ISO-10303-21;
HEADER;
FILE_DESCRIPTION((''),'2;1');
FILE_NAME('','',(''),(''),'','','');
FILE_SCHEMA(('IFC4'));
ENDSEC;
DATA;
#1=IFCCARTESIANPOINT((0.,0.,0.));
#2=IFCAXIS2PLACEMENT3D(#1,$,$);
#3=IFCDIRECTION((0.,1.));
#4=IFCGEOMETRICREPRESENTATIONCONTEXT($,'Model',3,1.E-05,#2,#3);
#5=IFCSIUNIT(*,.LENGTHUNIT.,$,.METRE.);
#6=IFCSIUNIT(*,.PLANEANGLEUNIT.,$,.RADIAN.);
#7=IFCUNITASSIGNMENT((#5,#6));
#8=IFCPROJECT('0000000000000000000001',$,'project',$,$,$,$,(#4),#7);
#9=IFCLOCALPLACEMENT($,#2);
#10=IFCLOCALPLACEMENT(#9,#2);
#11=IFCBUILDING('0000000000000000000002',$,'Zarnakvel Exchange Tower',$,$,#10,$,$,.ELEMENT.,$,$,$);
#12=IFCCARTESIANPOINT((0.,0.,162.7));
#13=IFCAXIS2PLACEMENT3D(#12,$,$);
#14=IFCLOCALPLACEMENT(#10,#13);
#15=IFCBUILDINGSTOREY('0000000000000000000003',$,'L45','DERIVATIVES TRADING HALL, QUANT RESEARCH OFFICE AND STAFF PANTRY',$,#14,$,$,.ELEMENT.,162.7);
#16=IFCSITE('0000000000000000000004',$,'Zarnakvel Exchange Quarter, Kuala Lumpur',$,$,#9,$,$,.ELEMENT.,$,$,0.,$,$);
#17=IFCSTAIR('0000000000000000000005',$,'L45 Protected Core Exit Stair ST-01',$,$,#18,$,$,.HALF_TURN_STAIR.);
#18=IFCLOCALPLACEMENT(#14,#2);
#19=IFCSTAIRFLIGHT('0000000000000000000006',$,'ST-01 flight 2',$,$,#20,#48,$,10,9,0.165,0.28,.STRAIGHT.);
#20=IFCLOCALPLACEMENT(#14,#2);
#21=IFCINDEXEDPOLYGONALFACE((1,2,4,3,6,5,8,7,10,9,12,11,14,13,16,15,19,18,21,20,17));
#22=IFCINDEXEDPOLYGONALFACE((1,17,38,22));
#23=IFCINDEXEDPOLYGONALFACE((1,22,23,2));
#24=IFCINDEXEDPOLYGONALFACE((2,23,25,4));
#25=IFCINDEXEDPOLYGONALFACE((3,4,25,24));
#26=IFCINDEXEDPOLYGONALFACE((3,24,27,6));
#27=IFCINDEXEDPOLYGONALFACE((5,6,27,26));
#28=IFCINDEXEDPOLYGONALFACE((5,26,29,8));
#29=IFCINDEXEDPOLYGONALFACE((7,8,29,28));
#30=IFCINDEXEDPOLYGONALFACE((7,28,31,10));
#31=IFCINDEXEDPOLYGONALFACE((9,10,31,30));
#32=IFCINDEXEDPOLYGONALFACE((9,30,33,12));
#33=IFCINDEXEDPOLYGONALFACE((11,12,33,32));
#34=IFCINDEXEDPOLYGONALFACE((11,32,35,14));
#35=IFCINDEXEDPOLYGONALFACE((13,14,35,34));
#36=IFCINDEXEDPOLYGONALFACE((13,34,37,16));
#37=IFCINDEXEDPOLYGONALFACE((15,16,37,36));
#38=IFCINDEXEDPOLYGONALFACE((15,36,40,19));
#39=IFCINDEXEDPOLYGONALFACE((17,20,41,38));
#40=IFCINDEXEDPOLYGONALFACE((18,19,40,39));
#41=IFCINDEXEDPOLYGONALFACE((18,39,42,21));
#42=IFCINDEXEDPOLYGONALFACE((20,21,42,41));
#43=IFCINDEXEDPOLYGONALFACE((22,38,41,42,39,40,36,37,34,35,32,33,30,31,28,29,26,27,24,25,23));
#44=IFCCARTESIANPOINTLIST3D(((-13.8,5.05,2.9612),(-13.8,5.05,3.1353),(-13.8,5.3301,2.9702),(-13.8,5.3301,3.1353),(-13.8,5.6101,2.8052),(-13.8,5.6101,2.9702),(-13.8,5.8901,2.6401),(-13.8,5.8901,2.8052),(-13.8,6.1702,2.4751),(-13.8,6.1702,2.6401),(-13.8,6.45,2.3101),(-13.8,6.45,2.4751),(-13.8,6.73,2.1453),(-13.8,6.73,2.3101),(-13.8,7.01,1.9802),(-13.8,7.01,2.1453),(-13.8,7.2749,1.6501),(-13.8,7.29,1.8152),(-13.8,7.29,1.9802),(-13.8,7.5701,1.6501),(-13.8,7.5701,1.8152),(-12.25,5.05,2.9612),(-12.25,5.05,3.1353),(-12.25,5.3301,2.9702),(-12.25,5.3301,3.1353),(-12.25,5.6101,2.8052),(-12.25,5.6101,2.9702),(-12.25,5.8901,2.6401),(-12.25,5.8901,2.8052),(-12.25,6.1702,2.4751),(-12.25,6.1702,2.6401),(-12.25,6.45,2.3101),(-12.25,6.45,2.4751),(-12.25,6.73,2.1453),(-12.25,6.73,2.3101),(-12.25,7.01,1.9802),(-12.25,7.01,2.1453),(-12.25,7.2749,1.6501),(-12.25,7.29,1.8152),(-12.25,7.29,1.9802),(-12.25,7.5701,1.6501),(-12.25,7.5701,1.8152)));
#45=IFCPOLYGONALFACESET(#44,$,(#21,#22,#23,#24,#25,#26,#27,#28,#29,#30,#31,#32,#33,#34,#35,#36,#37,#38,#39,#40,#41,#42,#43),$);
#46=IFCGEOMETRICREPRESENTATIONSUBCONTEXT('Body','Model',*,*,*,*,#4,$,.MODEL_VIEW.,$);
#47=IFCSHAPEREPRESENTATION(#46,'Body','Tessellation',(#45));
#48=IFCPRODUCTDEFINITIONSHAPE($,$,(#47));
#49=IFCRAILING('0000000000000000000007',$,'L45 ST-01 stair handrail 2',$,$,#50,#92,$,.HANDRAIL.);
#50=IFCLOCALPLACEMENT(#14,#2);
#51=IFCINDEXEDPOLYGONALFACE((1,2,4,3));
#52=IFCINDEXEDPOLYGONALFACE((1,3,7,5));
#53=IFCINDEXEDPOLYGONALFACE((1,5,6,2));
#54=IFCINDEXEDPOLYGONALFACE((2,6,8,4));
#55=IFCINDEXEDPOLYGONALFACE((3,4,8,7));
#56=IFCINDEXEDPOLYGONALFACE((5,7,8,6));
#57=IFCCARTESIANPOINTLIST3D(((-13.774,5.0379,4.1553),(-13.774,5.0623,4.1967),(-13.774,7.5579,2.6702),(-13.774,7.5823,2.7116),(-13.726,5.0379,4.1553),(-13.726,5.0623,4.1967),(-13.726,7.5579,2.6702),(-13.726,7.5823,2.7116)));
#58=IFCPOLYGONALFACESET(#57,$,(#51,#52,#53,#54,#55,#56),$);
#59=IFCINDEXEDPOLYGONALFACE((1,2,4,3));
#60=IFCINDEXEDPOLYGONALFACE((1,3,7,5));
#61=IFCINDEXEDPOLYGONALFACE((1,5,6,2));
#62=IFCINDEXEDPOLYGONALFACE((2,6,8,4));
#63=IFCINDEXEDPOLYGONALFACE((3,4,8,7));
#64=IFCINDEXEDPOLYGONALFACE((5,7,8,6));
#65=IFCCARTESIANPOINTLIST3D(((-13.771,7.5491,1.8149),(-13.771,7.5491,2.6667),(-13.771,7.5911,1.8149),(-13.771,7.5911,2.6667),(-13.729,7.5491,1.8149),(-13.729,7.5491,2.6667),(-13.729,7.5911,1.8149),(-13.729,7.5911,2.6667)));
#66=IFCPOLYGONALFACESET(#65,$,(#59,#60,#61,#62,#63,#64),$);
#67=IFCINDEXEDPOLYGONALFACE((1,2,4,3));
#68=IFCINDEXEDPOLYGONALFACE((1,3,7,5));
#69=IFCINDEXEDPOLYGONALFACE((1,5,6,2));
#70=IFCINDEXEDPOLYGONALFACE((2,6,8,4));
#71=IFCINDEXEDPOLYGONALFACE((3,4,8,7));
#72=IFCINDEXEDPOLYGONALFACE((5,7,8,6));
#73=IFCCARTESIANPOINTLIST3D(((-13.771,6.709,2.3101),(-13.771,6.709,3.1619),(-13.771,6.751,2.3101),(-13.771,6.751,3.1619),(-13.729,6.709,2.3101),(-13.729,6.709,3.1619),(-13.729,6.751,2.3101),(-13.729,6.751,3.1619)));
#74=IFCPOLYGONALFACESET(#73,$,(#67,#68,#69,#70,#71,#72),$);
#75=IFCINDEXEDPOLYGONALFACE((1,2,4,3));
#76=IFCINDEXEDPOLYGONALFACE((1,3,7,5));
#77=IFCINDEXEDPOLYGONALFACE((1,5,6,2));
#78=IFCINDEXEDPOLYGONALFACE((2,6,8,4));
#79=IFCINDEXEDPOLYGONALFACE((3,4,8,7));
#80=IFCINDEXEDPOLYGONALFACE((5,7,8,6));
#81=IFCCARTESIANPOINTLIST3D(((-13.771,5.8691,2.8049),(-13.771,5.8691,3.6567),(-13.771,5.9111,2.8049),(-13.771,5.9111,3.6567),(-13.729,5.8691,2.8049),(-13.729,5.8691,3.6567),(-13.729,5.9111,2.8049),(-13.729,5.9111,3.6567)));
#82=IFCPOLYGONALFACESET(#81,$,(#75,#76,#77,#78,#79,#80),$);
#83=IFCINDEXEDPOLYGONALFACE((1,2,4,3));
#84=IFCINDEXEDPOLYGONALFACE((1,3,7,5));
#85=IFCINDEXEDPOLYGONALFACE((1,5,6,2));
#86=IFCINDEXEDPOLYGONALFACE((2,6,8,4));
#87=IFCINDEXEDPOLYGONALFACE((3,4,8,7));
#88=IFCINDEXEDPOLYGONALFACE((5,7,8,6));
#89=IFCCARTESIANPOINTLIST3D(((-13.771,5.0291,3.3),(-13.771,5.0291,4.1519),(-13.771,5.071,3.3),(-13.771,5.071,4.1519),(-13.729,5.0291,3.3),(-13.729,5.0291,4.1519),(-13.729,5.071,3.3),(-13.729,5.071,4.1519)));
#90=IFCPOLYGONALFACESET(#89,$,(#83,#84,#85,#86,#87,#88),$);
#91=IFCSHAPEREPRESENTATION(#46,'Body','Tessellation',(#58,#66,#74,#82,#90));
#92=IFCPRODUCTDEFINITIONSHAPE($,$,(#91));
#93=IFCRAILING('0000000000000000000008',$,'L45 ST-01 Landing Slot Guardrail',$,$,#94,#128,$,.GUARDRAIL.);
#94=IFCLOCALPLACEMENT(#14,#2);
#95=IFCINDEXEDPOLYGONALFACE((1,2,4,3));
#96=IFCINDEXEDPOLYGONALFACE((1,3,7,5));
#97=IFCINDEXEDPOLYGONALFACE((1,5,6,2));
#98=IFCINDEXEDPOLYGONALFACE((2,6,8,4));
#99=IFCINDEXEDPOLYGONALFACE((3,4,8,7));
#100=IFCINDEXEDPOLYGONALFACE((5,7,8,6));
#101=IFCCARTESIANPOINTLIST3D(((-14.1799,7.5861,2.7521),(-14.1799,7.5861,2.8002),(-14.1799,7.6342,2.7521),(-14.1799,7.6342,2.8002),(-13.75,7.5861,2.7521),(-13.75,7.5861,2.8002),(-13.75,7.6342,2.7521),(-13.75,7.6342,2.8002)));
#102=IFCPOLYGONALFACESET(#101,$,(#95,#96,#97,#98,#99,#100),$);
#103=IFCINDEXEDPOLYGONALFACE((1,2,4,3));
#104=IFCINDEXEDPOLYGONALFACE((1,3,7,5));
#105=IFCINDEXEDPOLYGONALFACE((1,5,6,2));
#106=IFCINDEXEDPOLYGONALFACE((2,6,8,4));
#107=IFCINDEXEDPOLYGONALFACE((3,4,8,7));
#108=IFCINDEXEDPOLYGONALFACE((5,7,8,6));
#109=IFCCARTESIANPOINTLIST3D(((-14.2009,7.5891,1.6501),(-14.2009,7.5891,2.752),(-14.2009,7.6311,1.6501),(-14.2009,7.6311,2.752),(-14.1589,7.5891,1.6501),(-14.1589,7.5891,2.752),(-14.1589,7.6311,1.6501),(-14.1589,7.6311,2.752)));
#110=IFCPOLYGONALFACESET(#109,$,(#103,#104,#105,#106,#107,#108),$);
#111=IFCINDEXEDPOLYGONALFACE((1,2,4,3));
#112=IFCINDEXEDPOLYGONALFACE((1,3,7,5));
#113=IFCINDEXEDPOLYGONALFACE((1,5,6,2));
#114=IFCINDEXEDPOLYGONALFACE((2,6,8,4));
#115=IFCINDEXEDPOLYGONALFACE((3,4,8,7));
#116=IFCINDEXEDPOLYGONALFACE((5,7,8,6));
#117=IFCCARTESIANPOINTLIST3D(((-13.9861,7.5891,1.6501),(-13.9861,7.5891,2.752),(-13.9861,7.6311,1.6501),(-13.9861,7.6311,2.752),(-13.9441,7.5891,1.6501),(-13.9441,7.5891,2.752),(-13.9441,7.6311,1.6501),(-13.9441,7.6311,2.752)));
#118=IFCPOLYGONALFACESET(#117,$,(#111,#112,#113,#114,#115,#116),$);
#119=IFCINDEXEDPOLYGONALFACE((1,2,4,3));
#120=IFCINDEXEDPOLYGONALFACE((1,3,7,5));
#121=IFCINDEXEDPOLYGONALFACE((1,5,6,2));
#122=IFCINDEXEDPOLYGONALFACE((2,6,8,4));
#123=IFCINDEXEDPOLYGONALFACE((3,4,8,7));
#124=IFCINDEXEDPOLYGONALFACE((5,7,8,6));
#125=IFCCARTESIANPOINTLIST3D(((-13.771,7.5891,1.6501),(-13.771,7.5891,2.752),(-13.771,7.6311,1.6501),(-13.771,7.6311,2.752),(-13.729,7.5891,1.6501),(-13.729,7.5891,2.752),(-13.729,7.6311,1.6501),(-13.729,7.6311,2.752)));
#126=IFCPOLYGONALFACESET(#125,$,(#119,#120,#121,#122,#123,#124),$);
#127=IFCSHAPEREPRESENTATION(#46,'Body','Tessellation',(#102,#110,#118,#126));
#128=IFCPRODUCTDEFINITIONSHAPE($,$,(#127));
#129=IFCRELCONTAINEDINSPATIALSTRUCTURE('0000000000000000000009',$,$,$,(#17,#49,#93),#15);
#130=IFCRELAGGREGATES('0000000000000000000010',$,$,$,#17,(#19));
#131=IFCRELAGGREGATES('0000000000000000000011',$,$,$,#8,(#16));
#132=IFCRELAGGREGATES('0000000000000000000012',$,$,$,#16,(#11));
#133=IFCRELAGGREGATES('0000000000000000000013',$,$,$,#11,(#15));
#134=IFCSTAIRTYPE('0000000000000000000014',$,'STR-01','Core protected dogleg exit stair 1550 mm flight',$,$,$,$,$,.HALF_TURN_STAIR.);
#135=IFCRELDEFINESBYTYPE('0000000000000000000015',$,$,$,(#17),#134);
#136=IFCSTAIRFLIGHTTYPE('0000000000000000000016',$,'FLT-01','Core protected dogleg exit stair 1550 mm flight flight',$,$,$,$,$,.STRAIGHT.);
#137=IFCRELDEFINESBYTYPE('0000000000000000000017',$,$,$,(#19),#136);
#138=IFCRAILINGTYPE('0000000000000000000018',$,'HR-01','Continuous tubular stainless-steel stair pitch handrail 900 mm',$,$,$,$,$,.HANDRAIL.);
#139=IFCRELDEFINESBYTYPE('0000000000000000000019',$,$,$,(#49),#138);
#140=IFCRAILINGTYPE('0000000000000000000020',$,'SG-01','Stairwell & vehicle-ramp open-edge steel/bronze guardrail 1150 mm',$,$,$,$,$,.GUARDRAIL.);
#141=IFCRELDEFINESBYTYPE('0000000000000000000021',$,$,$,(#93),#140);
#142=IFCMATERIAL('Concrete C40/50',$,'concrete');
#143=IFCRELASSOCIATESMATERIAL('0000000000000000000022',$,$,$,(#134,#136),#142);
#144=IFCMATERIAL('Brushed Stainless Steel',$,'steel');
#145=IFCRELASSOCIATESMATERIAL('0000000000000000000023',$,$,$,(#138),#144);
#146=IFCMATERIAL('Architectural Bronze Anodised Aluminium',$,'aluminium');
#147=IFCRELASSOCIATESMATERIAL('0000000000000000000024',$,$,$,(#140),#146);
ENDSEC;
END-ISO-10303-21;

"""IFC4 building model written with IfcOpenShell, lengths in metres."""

from ifc_helpers import new_model, si_unit, direction, frame, origin, origin_2d, place, context, subcontext, project, spatial, polyline, rectangle, outline, extrude, material, type_object, element, aggregate, save


model = new_model("IFC4")

# Units and contexts
model_context = context("Model", 3, precision=1e-05, world=origin(), true_north=direction((0.0, 1.0)))
body_context = subcontext(model_context, "Body", "Model", "MODEL_VIEW")
ifc_project = project(units=[si_unit("LENGTHUNIT", "METRE"), si_unit("PLANEANGLEUNIT", "RADIAN")], contexts=[model_context])

# Site, building, storey
site_placement = place(None, origin())
site = spatial("IfcSite", under=ifc_project, at=site_placement, Name="Zarnakvel Exchange Quarter, Kuala Lumpur", CompositionType="ELEMENT", RefElevation=0.0)
building_placement = place(site_placement, origin())
building = spatial("IfcBuilding", under=site, at=building_placement, Name="Zarnakvel Exchange Tower", CompositionType="ELEMENT")
storey_placement = place(building_placement, frame((0.0, 0.0, 162.7)))
storey = spatial("IfcBuildingStorey", under=building, at=storey_placement, Name="L45", Description="DERIVATIVES TRADING HALL, QUANT RESEARCH OFFICE AND STAFF PANTRY", CompositionType="ELEMENT", Elevation=162.7)

# Shared definitions
ifc_material_1 = material(Name="Architectural Bronze Anodised Aluminium", Category="aluminium")

# Shared definitions
ifc_material_2 = material(Name="Concrete C40/50", Category="concrete")

# Stair, stair flight
stair_type = type_object("IfcStairType", Name="STR-01", Description="Core protected dogleg exit stair 1550 mm flight", PredefinedType="HALF_TURN_STAIR", material=ifc_material_2)
stair_placement = place(storey_placement, origin())
stair = element("IfcStair", 1, at=stair_placement, inside=storey, type_object=stair_type, Name="L45 Protected Core Exit Stair ST-01", PredefinedType="HALF_TURN_STAIR")
stair_flight_type = type_object("IfcStairFlightType", Name="FLT-01", Description="Core protected dogleg exit stair 1550 mm flight flight", PredefinedType="STRAIGHT", material=ifc_material_2)
stair_flight_placement = place(storey_placement, frame((-13.0249, 7.5701, 1.6501), z_axis=(0.0, 0.0, 1.0), x_axis=(0.0, -1.0, 0.0)))
stair_flight = element("IfcStairFlight", 2, at=stair_flight_placement, type_object=stair_flight_type, Name="ST-01 flight 2", NumberOfRisers=10, NumberOfTreads=9, PredefinedType="STRAIGHT", RiserHeight=0.165, TreadLength=0.28, context=body_context, shape_type="SweptSolid", body=[
    extrude(outline(polyline([(0.0, 0.0), (0.0, 0.165), (0.28, 0.165), (0.28, 0.3301), (0.5601, 0.3301), (0.5601, 0.4951), (0.8401, 0.4951), (0.8401, 0.6599), (1.1201, 0.6599), (1.1201, 0.825), (1.3999, 0.825), (1.3999, 0.99), (1.6799, 0.99), (1.6799, 1.155), (1.96, 1.155), (1.96, 1.3201), (2.24, 1.3201), (2.24, 1.4851), (2.52, 1.4851), (2.52, 1.6499), (2.52, 1.311), (0.2952, 0.0), (0.0, 0.0)])), frame((0.0, 0.7749, 0.0), z_axis=(0.0, -1.0, 0.0), x_axis=(1.0, 0.0, 0.0)), (0.0, 0.0, 1.0), 1.55),
])
aggregate(stair, [stair_flight])

# Railings
ifc_material_3 = material(Name="Brushed Stainless Steel", Category="steel")
railing_type_1 = type_object("IfcRailingType", Name="HR-01", Description="Continuous tubular stainless-steel stair pitch handrail 900 mm", PredefinedType="HANDRAIL", material=ifc_material_3)
railing_1_placement = place(storey_placement, frame((-13.75, 7.5701, 1.8149)))
element("IfcRailing", 3, at=railing_1_placement, inside=storey, type_object=railing_type_1, Name="L45 ST-01 stair handrail 2", PredefinedType="HANDRAIL", context=body_context, shape_type="SweptSolid", body=[
    extrude(rectangle(XDim=0.0481, YDim=0.0481, at=origin_2d()), frame((0.0, 0.0, 0.876), z_axis=(0.0, -0.861524, 0.507717), x_axis=(1.0, 0.0, 0.0)), (0.0, 0.0, 1.0), 2.925),
    extrude(rectangle(XDim=0.042, YDim=0.042, at=origin_2d()), origin(), (0.0, 0.0, 1.0), 0.8518),
    extrude(rectangle(XDim=0.042, YDim=0.042, at=origin_2d()), frame((0.0, -0.8401, 0.4951)), (0.0, 0.0, 1.0), 0.8518),
    extrude(rectangle(XDim=0.042, YDim=0.042, at=origin_2d()), frame((0.0, -1.6799, 0.99)), (0.0, 0.0, 1.0), 0.8518),
    extrude(rectangle(XDim=0.042, YDim=0.042, at=origin_2d()), frame((0.0, -2.52, 1.4851)), (0.0, 0.0, 1.0), 0.8518),
])
railing_type_2 = type_object("IfcRailingType", Name="SG-01", Description="Stairwell & vehicle-ramp open-edge steel/bronze guardrail 1150 mm", PredefinedType="GUARDRAIL", material=ifc_material_1)
railing_2_placement = place(storey_placement, frame((-14.1799, 7.6101, 1.6501)))
element("IfcRailing", 4, at=railing_2_placement, inside=storey, type_object=railing_type_2, Name="L45 ST-01 Landing Slot Guardrail", PredefinedType="GUARDRAIL", context=body_context, shape_type="SweptSolid", body=[
    extrude(rectangle(XDim=0.0481, YDim=0.0481, at=origin_2d()), frame((0.0, 0.0, 1.126), z_axis=(1.0, 0.0, 0.0), x_axis=(0.0, 1.0, 0.0)), (0.0, 0.0, 1.0), 0.4299),
    extrude(rectangle(XDim=0.042, YDim=0.042, at=origin_2d()), origin(), (0.0, 0.0, 1.0), 1.1018),
    extrude(rectangle(XDim=0.042, YDim=0.042, at=origin_2d()), frame((0.2148, 0.0, 0.0)), (0.0, 0.0, 1.0), 1.1018),
    extrude(rectangle(XDim=0.042, YDim=0.042, at=origin_2d()), frame((0.4299, 0.0, 0.0)), (0.0, 0.0, 1.0), 1.1018),
])

save(model, "model.ifc")
